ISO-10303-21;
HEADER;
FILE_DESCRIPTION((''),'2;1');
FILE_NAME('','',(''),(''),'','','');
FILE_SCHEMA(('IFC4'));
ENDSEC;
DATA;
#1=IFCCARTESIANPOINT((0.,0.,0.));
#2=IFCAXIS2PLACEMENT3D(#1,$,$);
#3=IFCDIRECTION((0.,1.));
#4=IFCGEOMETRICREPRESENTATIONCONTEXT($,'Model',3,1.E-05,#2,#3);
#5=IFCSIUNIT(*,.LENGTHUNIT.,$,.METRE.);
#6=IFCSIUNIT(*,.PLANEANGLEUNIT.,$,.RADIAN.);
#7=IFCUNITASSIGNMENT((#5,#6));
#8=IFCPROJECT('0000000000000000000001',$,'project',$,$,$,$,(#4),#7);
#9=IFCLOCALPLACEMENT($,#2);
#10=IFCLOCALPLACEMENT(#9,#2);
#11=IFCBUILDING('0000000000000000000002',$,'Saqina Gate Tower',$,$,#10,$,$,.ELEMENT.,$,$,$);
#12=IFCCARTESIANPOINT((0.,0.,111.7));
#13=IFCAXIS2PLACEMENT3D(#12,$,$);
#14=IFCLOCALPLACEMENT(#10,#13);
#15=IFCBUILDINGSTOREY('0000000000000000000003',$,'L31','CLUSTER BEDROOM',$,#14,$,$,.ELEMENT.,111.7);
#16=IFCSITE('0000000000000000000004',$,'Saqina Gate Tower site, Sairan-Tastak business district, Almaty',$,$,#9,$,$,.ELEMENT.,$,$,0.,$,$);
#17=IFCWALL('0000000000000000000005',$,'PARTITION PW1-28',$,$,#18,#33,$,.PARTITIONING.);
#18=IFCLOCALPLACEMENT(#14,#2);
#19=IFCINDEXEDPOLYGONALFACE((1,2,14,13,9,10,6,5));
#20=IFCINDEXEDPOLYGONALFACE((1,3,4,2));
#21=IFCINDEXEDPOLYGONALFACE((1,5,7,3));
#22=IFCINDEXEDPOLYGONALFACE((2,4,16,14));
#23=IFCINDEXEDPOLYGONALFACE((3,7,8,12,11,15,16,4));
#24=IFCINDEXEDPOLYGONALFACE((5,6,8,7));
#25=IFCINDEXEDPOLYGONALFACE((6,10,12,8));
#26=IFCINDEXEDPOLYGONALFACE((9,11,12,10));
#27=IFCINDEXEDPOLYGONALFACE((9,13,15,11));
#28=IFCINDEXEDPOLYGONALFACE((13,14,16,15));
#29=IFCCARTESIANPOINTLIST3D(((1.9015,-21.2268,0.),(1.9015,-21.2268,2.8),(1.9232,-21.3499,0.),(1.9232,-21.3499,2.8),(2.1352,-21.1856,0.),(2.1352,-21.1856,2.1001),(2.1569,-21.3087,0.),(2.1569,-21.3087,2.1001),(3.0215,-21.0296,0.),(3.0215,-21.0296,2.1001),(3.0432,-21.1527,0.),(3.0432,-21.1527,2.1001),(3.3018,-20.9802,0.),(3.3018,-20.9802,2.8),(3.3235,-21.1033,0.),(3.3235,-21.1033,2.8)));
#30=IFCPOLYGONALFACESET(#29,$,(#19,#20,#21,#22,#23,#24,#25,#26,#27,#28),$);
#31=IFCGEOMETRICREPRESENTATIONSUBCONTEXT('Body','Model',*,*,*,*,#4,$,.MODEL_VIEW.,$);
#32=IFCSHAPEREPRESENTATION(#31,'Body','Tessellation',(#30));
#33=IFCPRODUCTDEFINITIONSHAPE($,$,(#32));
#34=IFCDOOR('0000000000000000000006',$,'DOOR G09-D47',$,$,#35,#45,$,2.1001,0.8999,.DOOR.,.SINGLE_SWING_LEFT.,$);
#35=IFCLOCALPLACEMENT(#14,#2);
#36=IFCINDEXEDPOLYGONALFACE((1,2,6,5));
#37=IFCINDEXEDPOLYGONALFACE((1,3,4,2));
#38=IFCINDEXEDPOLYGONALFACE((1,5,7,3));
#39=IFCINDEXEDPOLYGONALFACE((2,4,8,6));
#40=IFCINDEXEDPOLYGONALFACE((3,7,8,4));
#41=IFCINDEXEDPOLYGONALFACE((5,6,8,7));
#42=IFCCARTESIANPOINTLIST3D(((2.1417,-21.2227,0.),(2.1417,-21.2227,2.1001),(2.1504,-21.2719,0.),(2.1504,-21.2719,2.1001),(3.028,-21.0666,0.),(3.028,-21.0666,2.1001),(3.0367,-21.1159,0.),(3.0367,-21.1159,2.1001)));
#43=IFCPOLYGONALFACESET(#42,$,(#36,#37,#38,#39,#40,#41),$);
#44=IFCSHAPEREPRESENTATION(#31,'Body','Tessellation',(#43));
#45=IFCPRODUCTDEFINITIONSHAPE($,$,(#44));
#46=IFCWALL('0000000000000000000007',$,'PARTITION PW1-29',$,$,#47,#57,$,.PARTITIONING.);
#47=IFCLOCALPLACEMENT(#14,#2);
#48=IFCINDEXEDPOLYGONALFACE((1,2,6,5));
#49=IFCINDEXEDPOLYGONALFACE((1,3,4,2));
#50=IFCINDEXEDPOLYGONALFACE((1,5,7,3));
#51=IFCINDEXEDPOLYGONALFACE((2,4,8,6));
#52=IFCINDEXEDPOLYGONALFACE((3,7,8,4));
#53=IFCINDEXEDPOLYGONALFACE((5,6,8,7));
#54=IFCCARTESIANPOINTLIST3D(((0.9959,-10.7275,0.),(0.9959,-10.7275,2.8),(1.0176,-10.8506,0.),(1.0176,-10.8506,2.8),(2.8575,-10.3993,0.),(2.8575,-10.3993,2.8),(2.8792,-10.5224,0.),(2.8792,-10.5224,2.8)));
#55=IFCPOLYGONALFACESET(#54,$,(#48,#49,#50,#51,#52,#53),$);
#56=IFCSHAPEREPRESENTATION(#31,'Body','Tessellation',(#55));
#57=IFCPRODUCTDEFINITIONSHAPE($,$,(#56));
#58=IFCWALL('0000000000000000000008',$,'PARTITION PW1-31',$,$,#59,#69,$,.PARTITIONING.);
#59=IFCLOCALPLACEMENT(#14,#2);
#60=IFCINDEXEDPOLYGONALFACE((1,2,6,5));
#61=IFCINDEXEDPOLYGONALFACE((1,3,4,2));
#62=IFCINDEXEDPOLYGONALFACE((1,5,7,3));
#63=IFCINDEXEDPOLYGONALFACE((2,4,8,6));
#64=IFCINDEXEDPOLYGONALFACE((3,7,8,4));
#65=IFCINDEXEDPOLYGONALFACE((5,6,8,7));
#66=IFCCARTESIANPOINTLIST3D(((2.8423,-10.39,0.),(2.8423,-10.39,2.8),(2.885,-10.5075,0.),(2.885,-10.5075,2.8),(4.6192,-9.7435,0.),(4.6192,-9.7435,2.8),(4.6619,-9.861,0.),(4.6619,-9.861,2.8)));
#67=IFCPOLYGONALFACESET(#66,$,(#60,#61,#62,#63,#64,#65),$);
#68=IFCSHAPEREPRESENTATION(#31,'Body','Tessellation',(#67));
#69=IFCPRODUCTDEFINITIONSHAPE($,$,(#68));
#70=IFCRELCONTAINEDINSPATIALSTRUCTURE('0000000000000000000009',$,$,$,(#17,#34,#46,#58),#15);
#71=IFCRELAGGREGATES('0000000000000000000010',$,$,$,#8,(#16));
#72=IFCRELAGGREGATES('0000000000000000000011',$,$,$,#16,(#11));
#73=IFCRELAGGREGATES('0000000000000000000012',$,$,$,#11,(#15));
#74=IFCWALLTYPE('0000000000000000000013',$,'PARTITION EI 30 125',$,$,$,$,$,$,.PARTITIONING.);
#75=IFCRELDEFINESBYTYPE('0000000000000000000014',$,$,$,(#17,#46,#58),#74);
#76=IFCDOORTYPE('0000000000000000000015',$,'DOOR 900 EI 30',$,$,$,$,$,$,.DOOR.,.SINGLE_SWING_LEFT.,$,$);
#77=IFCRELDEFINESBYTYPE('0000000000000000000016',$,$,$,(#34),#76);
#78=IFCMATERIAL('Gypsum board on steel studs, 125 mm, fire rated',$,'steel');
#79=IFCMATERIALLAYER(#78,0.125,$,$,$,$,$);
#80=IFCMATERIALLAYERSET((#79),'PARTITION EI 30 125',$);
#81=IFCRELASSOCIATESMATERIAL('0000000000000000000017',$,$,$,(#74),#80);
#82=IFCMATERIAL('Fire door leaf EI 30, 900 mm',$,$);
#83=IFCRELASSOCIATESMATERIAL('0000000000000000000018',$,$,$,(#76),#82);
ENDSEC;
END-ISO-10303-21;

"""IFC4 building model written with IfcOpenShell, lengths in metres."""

from ifc_helpers import new_model, si_unit, direction, frame, frame_2d, origin, place, context, subcontext, project, spatial, rectangle, extrude, material, layer, layer_set, type_object, element, fill, save


model = new_model("IFC4")

# Units and contexts
model_context = context("Model", 3, precision=1e-05, world=origin(), true_north=direction((0.0, 1.0)))
body_context = subcontext(model_context, "Body", "Model", "MODEL_VIEW")
ifc_project = project(units=[si_unit("LENGTHUNIT", "METRE"), si_unit("PLANEANGLEUNIT", "RADIAN")], contexts=[model_context])

# Site, building, storey
site_placement = place(None, origin())
site = spatial("IfcSite", under=ifc_project, at=site_placement, Name="Saqina Gate Tower site, Sairan-Tastak business district, Almaty", CompositionType="ELEMENT", RefElevation=0.0)
building_placement = place(site_placement, origin())
building = spatial("IfcBuilding", under=site, at=building_placement, Name="Saqina Gate Tower", CompositionType="ELEMENT")
storey_placement = place(building_placement, frame((0.0, 0.0, 111.7)))
storey = spatial("IfcBuildingStorey", under=building, at=storey_placement, Name="L31", Description="CLUSTER BEDROOM", CompositionType="ELEMENT", Elevation=111.7)

# Wall, opening, door
ifc_material_1 = material(Name="Gypsum board on steel studs, 125 mm, fire rated", Category="steel")
ifc_layer_1 = layer(ifc_material_1, 0.125)
ifc_layer_set_1 = layer_set([ifc_layer_1], Name="PARTITION EI 30 125")
wall_type_1 = type_object("IfcWallType", Name="PARTITION EI 30 125", PredefinedType="PARTITIONING", material=ifc_layer_set_1)
wall_1_placement = place(storey_placement, frame((1.9124, -21.2883, 0.0), z_axis=(0.0, 0.0, 1.0), x_axis=(0.984849, 0.173413, 0.0)))
wall_1 = element("IfcWall", 1, at=wall_1_placement, inside=storey, type_object=wall_type_1, Name="PARTITION PW1-28", PredefinedType="PARTITIONING", context=body_context, shape_type="SweptSolid", body=[
    extrude(rectangle(XDim=1.4219, YDim=0.125, at=frame_2d((0.7109, 0.0))), origin(), (0.0, 0.0, 1.0), 2.8),
])
opening_1_placement = place(wall_1_placement, frame((0.2373, 0.0, 0.0)))
opening_1 = element("IfcOpeningElement", 2, at=opening_1_placement, cuts=wall_1, PredefinedType="OPENING", context=body_context, shape_type="SweptSolid", body=[
    extrude(rectangle(XDim=0.8999, YDim=2.1001, at=frame_2d((0.45, 1.05))), frame((0.0, 0.0745, 0.0), z_axis=(0.0, -1.0, 0.0), x_axis=(1.0, 0.0, 0.0)), (0.0, 0.0, 1.0), 0.1489),
])
ifc_material_2 = material(Name="Fire door leaf EI 30, 900 mm")
door_type_1 = type_object("IfcDoorType", Name="DOOR 900 EI 30", OperationType="SINGLE_SWING_LEFT", PredefinedType="DOOR", material=ifc_material_2)
door_1_placement = place(opening_1_placement, origin())
door_1 = element("IfcDoor", 3, at=door_1_placement, inside=storey, type_object=door_type_1, Name="DOOR G09-D47", OperationType="SINGLE_SWING_LEFT", OverallHeight=2.1001, OverallWidth=0.8999, PredefinedType="DOOR", context=body_context, shape_type="SweptSolid", body=[
    extrude(rectangle(XDim=0.8999, YDim=2.1001, at=frame_2d((0.45, 1.05))), frame((0.0, 0.0249, 0.0), z_axis=(0.0, -1.0, 0.0), x_axis=(1.0, 0.0, 0.0)), (0.0, 0.0, 1.0), 0.05),
])
fill(opening_1, door_1)

# Walls
wall_2_placement = place(storey_placement, frame((1.0066, -10.7891, 0.0), z_axis=(0.0, 0.0, 1.0), x_axis=(0.984819, 0.173586, 0.0)))
element("IfcWall", 4, at=wall_2_placement, inside=storey, type_object=wall_type_1, Name="PARTITION PW1-29", PredefinedType="PARTITIONING", context=body_context, shape_type="SweptSolid", body=[
    extrude(rectangle(XDim=1.8904, YDim=0.125, at=frame_2d((0.9453, 0.0))), origin(), (0.0, 0.0, 1.0), 2.8),
])
wall_3_placement = place(storey_placement, frame((2.8638, -10.4487, 0.0), z_axis=(0.0, 0.0, 1.0), x_axis=(0.939733, 0.341909, 0.0)))
element("IfcWall", 5, at=wall_3_placement, inside=storey, type_object=wall_type_1, Name="PARTITION PW1-31", PredefinedType="PARTITIONING", context=body_context, shape_type="SweptSolid", body=[
    extrude(rectangle(XDim=1.8909, YDim=0.125, at=frame_2d((0.9453, 0.0))), origin(), (0.0, 0.0, 1.0), 2.8),
])

save(model, "model.ifc")
